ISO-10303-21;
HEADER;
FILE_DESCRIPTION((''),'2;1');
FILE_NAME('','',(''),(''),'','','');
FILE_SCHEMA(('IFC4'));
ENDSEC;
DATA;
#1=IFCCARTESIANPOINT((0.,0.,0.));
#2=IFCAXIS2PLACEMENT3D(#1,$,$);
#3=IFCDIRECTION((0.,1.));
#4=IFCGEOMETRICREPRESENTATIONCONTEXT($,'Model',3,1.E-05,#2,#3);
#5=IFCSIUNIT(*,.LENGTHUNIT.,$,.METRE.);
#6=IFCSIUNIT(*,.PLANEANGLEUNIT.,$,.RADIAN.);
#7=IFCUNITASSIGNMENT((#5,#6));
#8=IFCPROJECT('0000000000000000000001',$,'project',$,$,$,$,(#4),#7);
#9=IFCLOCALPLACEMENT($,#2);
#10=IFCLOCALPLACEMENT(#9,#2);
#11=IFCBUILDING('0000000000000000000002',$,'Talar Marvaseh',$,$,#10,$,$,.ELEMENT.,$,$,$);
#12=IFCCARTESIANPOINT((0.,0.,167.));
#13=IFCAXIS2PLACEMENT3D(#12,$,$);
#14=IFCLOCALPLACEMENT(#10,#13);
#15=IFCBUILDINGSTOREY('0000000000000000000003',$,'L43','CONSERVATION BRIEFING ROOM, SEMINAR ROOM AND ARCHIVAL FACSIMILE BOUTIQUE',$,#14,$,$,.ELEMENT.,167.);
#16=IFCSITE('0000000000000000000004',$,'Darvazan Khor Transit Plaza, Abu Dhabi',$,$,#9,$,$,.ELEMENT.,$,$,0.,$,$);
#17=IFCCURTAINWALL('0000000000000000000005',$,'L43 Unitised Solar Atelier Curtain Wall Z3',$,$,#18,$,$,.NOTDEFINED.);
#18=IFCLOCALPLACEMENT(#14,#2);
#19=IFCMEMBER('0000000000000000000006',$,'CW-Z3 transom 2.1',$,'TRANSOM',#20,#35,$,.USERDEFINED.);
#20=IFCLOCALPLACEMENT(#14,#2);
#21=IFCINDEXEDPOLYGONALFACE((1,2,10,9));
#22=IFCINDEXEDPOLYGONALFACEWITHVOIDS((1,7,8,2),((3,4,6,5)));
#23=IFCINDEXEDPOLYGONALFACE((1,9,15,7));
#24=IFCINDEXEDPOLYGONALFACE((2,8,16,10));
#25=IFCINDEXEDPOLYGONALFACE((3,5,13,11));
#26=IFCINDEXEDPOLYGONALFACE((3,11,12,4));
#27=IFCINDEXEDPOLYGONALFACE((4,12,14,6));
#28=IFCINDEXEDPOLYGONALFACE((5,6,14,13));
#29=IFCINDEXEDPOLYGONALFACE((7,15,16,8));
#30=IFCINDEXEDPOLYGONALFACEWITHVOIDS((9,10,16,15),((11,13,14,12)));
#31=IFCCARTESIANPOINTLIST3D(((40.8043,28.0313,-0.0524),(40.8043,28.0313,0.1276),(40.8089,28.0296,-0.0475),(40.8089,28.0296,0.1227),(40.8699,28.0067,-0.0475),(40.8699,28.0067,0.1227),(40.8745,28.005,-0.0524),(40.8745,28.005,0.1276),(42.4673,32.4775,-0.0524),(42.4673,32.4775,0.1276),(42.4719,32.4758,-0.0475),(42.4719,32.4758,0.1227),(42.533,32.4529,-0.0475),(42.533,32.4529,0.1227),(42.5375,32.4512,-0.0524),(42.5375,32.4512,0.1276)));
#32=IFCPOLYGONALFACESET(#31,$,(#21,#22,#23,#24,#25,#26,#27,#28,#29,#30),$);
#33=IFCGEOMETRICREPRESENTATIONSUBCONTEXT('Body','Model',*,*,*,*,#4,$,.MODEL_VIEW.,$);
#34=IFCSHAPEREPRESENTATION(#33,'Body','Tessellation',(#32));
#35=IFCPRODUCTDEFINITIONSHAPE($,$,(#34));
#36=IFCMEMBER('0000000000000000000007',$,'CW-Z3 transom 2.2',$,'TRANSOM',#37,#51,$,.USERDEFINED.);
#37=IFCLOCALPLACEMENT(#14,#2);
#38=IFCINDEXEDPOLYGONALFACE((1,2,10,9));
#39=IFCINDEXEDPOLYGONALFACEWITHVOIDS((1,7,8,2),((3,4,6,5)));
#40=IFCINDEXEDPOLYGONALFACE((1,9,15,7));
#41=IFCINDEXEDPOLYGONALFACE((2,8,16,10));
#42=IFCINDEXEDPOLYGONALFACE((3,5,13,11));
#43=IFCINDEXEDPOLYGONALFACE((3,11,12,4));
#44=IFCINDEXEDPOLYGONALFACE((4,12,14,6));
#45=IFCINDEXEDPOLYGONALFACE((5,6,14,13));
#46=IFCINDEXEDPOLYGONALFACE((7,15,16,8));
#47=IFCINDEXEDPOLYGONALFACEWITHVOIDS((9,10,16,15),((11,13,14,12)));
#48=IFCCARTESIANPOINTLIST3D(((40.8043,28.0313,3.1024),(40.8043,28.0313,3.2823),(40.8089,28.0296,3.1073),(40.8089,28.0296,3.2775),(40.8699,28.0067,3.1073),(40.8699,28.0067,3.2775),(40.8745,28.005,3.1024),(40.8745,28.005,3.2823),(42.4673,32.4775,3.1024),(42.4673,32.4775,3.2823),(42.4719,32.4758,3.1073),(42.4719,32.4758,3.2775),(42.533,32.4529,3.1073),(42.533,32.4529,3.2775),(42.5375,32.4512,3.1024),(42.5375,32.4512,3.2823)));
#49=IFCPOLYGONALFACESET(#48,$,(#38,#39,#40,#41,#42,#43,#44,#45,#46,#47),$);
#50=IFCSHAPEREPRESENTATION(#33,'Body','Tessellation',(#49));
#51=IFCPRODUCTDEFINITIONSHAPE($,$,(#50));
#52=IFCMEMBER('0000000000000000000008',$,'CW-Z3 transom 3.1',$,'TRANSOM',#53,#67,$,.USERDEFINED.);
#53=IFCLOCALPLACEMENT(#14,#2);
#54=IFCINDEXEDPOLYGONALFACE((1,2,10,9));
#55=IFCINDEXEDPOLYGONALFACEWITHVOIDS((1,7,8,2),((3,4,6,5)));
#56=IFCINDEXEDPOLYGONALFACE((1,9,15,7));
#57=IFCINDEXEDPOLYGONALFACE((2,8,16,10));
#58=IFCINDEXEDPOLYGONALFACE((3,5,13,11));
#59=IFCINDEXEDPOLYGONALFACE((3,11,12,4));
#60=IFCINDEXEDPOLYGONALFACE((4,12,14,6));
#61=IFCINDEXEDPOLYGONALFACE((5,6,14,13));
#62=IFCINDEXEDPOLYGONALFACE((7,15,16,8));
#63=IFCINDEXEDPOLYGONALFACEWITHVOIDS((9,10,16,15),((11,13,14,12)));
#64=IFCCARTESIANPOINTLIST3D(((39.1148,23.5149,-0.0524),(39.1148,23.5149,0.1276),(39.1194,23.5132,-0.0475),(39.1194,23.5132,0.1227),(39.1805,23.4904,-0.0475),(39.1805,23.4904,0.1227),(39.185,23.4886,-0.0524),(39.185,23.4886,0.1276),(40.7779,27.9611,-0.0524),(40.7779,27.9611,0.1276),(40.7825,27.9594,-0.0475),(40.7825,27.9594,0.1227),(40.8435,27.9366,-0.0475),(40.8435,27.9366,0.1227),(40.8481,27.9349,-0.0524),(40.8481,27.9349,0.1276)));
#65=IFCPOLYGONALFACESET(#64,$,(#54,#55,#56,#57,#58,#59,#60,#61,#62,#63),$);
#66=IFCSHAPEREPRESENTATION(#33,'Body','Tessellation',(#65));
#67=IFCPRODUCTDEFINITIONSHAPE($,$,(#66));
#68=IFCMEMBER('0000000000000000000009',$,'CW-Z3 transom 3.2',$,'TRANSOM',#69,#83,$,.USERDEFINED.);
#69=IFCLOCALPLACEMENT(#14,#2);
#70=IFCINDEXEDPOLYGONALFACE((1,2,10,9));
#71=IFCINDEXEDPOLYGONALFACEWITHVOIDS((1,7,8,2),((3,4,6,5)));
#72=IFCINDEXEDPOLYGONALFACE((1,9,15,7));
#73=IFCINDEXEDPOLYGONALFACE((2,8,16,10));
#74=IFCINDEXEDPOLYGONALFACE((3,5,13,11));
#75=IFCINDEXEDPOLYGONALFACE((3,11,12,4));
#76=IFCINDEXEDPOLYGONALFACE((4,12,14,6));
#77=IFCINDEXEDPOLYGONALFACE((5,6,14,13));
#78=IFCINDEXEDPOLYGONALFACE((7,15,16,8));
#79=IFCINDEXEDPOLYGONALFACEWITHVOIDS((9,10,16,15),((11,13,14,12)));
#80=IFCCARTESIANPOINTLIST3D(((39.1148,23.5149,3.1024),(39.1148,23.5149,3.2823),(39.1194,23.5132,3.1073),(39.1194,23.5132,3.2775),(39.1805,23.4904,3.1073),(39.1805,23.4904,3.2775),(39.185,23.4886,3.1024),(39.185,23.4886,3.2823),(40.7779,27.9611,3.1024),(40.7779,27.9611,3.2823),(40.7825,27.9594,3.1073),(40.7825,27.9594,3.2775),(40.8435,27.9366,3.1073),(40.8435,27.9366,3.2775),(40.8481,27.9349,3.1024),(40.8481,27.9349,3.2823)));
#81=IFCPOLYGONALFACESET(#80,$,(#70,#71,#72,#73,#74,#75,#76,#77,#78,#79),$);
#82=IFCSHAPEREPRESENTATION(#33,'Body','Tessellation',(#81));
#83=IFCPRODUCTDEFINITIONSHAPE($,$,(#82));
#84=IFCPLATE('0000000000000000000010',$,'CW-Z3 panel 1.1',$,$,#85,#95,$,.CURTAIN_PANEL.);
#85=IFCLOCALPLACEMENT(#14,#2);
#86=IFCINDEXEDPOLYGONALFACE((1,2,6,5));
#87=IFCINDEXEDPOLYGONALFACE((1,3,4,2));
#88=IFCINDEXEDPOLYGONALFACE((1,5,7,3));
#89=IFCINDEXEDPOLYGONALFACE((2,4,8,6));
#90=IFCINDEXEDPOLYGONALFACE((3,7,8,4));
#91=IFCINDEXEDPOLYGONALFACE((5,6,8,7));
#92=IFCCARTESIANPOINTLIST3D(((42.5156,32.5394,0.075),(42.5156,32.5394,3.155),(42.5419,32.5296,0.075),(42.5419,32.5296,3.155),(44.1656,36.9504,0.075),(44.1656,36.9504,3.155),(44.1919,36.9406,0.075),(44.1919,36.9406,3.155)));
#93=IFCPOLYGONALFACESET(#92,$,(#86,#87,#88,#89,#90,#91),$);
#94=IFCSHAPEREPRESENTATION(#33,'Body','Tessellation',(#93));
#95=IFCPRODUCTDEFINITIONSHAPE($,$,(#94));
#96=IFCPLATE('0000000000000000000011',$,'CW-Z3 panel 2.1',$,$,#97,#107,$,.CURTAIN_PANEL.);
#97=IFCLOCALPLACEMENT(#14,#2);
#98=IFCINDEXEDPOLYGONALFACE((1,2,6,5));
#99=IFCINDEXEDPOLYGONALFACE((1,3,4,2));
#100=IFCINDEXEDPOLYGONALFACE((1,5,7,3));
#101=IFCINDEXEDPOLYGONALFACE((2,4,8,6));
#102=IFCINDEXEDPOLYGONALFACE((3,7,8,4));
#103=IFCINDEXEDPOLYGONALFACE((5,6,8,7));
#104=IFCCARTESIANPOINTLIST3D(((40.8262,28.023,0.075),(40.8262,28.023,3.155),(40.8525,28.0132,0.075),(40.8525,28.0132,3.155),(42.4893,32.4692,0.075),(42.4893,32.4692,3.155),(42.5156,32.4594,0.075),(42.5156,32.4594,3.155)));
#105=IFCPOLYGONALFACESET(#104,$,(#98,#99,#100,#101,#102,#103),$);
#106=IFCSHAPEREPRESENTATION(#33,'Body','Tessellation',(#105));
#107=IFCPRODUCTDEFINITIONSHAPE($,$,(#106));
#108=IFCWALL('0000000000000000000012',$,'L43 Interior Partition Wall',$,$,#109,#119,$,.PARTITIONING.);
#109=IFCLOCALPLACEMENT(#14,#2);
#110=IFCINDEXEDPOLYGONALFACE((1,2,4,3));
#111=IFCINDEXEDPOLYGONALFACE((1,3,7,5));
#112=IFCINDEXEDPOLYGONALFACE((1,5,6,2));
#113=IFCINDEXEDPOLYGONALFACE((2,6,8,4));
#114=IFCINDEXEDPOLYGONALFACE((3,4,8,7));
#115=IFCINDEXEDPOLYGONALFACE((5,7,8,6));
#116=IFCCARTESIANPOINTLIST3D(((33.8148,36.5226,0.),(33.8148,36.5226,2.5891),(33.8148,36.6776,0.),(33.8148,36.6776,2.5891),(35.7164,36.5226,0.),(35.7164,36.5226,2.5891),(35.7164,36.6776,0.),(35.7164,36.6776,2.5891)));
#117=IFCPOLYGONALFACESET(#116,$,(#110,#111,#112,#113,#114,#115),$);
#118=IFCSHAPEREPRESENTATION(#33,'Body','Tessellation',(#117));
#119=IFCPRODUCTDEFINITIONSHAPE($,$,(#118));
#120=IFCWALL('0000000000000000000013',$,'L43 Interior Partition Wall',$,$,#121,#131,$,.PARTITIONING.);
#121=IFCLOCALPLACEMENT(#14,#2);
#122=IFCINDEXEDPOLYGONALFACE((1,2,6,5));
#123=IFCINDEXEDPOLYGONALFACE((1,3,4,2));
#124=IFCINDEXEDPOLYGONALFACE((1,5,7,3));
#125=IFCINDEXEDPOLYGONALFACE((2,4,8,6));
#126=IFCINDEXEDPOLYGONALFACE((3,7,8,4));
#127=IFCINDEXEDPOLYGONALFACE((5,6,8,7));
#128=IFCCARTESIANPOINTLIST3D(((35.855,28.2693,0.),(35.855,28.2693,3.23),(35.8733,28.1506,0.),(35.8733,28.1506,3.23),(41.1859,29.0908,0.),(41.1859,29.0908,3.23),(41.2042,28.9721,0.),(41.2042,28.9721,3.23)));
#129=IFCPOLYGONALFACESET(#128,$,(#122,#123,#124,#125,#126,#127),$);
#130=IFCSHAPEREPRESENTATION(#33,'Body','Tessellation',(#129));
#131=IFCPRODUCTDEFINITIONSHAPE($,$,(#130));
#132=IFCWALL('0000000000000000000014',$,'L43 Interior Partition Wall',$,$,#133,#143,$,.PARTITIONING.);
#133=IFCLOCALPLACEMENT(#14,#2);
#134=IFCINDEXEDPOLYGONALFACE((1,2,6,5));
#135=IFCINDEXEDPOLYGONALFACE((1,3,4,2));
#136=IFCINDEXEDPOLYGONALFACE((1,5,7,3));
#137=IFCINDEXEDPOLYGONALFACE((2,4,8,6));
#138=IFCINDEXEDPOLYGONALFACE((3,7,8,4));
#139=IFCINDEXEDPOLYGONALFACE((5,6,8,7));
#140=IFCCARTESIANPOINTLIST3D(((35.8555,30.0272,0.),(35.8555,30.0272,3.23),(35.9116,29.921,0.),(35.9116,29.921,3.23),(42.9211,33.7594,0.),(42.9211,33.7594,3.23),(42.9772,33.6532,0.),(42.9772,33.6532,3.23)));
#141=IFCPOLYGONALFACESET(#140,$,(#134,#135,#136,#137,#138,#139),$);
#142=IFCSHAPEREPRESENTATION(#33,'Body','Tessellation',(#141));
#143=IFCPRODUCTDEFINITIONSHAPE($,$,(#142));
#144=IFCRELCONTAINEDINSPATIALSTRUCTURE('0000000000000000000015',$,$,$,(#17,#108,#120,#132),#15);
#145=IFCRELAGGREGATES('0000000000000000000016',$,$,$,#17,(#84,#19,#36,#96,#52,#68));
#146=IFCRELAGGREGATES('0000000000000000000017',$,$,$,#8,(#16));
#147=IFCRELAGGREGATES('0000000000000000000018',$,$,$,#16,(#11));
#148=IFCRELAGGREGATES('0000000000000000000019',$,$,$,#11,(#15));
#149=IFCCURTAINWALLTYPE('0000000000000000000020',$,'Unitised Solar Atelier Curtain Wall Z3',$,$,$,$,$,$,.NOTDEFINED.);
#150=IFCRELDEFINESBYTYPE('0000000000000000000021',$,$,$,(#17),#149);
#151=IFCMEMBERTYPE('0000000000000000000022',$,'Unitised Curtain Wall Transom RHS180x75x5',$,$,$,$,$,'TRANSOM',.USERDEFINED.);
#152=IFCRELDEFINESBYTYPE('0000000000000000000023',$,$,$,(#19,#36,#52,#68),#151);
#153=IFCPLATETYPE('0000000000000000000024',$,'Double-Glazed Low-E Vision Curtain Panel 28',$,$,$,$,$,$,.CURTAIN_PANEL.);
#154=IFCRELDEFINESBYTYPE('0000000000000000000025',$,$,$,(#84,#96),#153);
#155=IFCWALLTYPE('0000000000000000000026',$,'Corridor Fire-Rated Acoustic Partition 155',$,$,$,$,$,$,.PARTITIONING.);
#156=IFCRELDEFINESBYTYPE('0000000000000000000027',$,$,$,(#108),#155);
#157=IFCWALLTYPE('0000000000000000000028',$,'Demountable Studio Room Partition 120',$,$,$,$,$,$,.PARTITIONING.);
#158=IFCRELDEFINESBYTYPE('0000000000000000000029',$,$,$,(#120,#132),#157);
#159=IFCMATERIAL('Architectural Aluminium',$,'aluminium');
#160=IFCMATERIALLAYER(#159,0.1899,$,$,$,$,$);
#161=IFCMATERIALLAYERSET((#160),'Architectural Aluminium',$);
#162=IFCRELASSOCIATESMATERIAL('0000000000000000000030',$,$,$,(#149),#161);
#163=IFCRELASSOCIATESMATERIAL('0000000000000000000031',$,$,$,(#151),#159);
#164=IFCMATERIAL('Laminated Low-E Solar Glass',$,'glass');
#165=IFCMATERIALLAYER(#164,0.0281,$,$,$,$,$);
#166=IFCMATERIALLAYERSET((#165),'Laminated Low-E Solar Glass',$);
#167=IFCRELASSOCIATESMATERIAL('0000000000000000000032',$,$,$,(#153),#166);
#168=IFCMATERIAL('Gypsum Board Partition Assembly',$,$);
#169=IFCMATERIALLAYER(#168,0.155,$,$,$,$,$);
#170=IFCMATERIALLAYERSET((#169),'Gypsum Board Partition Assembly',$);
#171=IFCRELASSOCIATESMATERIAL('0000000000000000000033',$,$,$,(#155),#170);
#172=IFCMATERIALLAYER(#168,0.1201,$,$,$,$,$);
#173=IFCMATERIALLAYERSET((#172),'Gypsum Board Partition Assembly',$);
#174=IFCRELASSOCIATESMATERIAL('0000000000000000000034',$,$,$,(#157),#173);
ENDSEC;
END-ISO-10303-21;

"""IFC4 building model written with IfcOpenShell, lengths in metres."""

from ifc_helpers import new_model, si_unit, direction, frame, frame_2d, origin, origin_2d, place, context, subcontext, project, spatial, rectangle, hollow_rectangle, extrude, source, transform, mapped, material, layer, layer_set, material_profile, profile_set, type_object, type_shapes, element, aggregate, save


model = new_model("IFC4")

# Units and contexts
model_context = context("Model", 3, precision=1e-05, world=origin(), true_north=direction((0.0, 1.0)))
body_context = subcontext(model_context, "Body", "Model", "MODEL_VIEW")
ifc_project = project(units=[si_unit("LENGTHUNIT", "METRE"), si_unit("PLANEANGLEUNIT", "RADIAN")], contexts=[model_context])

# Site, building, storey
site_placement = place(None, origin())
site = spatial("IfcSite", under=ifc_project, at=site_placement, Name="Darvazan Khor Transit Plaza, Abu Dhabi", CompositionType="ELEMENT", RefElevation=0.0)
building_placement = place(site_placement, origin())
building = spatial("IfcBuilding", under=site, at=building_placement, Name="Talar Marvaseh", CompositionType="ELEMENT")
storey_placement = place(building_placement, frame((0.0, 0.0, 167.0)))
storey = spatial("IfcBuildingStorey", under=building, at=storey_placement, Name="L43", Description="CONSERVATION BRIEFING ROOM, SEMINAR ROOM AND ARCHIVAL FACSIMILE BOUTIQUE", CompositionType="ELEMENT", Elevation=167.0)

# Curtain wall, members, plates
ifc_material_1 = material(Name="Architectural Aluminium", Category="aluminium")
ifc_layer_1 = layer(ifc_material_1, 0.1899)
ifc_layer_set_1 = layer_set([ifc_layer_1], Name="Architectural Aluminium")
curtain_wall_type = type_object("IfcCurtainWallType", Name="Unitised Solar Atelier Curtain Wall Z3", PredefinedType="NOTDEFINED", material=ifc_layer_set_1)
curtain_wall_placement = place(storey_placement, origin())
curtain_wall = element("IfcCurtainWall", 1, at=curtain_wall_placement, inside=storey, type_object=curtain_wall_type, Name="L43 Unitised Solar Atelier Curtain Wall Z3", PredefinedType="NOTDEFINED")
ifc_material_profile_1 = material_profile(ifc_material_1, hollow_rectangle(XDim=0.075, YDim=0.1799, WallThickness=0.0049, at=origin_2d()), Name="RHS180x75x5")
ifc_profile_set_1 = profile_set([ifc_material_profile_1], Name="Architectural Aluminium")
member_type_1 = type_object("IfcMemberType", Name="Unitised Curtain Wall Transom RHS180x75x5", ElementType="TRANSOM", PredefinedType="USERDEFINED", material=ifc_profile_set_1)
shared_shape_1 = source(origin(), body_context, "Body", "SweptSolid", [
    extrude(hollow_rectangle(XDim=0.075, YDim=0.1799, WallThickness=0.0049, at=origin_2d()), origin(), (0.0, 0.0, 1.0), 4.7471),
])
type_shapes(member_type_1, [shared_shape_1])
member_1_placement = place(storey_placement, frame((42.5024, 32.4644, 0.0376), z_axis=(-0.350334, -0.936625, 0.0), x_axis=(0.936625, -0.350334, 0.0)))
member_1 = element("IfcMember", 2, at=member_1_placement, type_object=member_type_1, Name="CW-Z3 transom 2.1", ObjectType="TRANSOM", PredefinedType="USERDEFINED", context=body_context, shape_type="MappedRepresentation", body=[
    mapped(shared_shape_1, transform((0.0, 0.0, 0.0), x_axis=(1.0, 0.0, 0.0), y_axis=(0.0, 1.0, 0.0), z_axis=(0.0, 0.0, 1.0), scale=1.0)),
])
member_2_placement = place(storey_placement, frame((42.5024, 32.4644, 3.1924), z_axis=(-0.350334, -0.936625, 0.0), x_axis=(0.936625, -0.350334, 0.0)))
member_2 = element("IfcMember", 3, at=member_2_placement, type_object=member_type_1, Name="CW-Z3 transom 2.2", ObjectType="TRANSOM", PredefinedType="USERDEFINED", context=body_context, shape_type="MappedRepresentation", body=[
    mapped(shared_shape_1, transform((0.0, 0.0, 0.0), x_axis=(1.0, 0.0, 0.0), y_axis=(0.0, 1.0, 0.0), z_axis=(0.0, 0.0, 1.0), scale=1.0)),
])
member_3_placement = place(storey_placement, frame((40.813, 27.948, 0.0376), z_axis=(-0.350334, -0.936625, 0.0), x_axis=(0.936625, -0.350334, 0.0)))
member_3 = element("IfcMember", 4, at=member_3_placement, type_object=member_type_1, Name="CW-Z3 transom 3.1", ObjectType="TRANSOM", PredefinedType="USERDEFINED", context=body_context, shape_type="MappedRepresentation", body=[
    mapped(shared_shape_1, transform((0.0, 0.0, 0.0), x_axis=(1.0, 0.0, 0.0), y_axis=(0.0, 1.0, 0.0), z_axis=(0.0, 0.0, 1.0), scale=1.0)),
])
member_4_placement = place(storey_placement, frame((40.813, 27.948, 3.1924), z_axis=(-0.350334, -0.936625, 0.0), x_axis=(0.936625, -0.350334, 0.0)))
member_4 = element("IfcMember", 5, at=member_4_placement, type_object=member_type_1, Name="CW-Z3 transom 3.2", ObjectType="TRANSOM", PredefinedType="USERDEFINED", context=body_context, shape_type="MappedRepresentation", body=[
    mapped(shared_shape_1, transform((0.0, 0.0, 0.0), x_axis=(1.0, 0.0, 0.0), y_axis=(0.0, 1.0, 0.0), z_axis=(0.0, 0.0, 1.0), scale=1.0)),
])
ifc_material_2 = material(Name="Laminated Low-E Solar Glass", Category="glass")
ifc_layer_2 = layer(ifc_material_2, 0.0281)
ifc_layer_set_2 = layer_set([ifc_layer_2], Name="Laminated Low-E Solar Glass")
plate_type = type_object("IfcPlateType", Name="Double-Glazed Low-E Vision Curtain Panel 28", PredefinedType="CURTAIN_PANEL", material=ifc_layer_set_2)
shared_shape_2 = source(origin(), body_context, "Body", "SweptSolid", [
    extrude(rectangle(XDim=4.7095, YDim=0.0281, at=origin_2d()), origin(), (0.0, 0.0, 1.0), 3.0801),
])
plate_1_placement = place(storey_placement, frame((43.3538, 34.74, 0.075), z_axis=(0.0, 0.0, 1.0), x_axis=(-0.350355, -0.936617, 0.0)))
plate_1 = element("IfcPlate", 6, at=plate_1_placement, type_object=plate_type, Name="CW-Z3 panel 1.1", PredefinedType="CURTAIN_PANEL", context=body_context, shape_type="MappedRepresentation", body=[
    mapped(shared_shape_2, transform((0.0, 0.0, 0.0), x_axis=(1.0, 0.0, 0.0), y_axis=(0.0, 1.0, 0.0), z_axis=(0.0, 0.0, 1.0), scale=1.0)),
])
shared_shape_3 = source(origin(), body_context, "Body", "SweptSolid", [
    extrude(rectangle(XDim=4.7471, YDim=0.0281, at=origin_2d()), origin(), (0.0, 0.0, 1.0), 3.0801),
])
type_shapes(plate_type, [shared_shape_2, shared_shape_3])
plate_2_placement = place(storey_placement, frame((41.6709, 30.2412, 0.075), z_axis=(0.0, 0.0, 1.0), x_axis=(-0.350355, -0.936617, 0.0)))
plate_2 = element("IfcPlate", 7, at=plate_2_placement, type_object=plate_type, Name="CW-Z3 panel 2.1", PredefinedType="CURTAIN_PANEL", context=body_context, shape_type="MappedRepresentation", body=[
    mapped(shared_shape_3, transform((0.0, 0.0, 0.0), x_axis=(1.0, 0.0, 0.0), y_axis=(0.0, 1.0, 0.0), z_axis=(0.0, 0.0, 1.0), scale=1.0)),
])
aggregate(curtain_wall, [plate_1, member_1, member_2, plate_2, member_3, member_4])

# Shared definitions
ifc_material_3 = material(Name="Gypsum Board Partition Assembly")
ifc_layer_3 = layer(ifc_material_3, 0.155)
ifc_layer_set_3 = layer_set([ifc_layer_3], Name="Gypsum Board Partition Assembly")
wall_type_1 = type_object("IfcWallType", Name="Corridor Fire-Rated Acoustic Partition 155", PredefinedType="PARTITIONING", material=ifc_layer_set_3)

# Walls
wall_1_placement = place(storey_placement, frame((33.8149, 36.6001, 0.0), z_axis=(0.0, 0.0, 1.0), x_axis=(1.0, 0.0, 0.0)))
element("IfcWall", 8, at=wall_1_placement, inside=storey, type_object=wall_type_1, Name="L43 Interior Partition Wall", PredefinedType="PARTITIONING", context=body_context, shape_type="SweptSolid", body=[
    extrude(rectangle(XDim=1.9016, YDim=0.155, at=frame_2d((0.9507, 0.0))), origin(), (0.0, 0.0, 1.0), 2.5891),
])
ifc_layer_4 = layer(ifc_material_3, 0.1201)
ifc_layer_set_4 = layer_set([ifc_layer_4], Name="Gypsum Board Partition Assembly")
wall_type_2 = type_object("IfcWallType", Name="Demountable Studio Room Partition 120", PredefinedType="PARTITIONING", material=ifc_layer_set_4)
wall_2_placement = place(storey_placement, frame((35.8643, 28.21, 0.0), z_axis=(0.0, 0.0, 1.0), x_axis=(0.988332, 0.152312, 0.0)))
element("IfcWall", 9, at=wall_2_placement, inside=storey, type_object=wall_type_2, Name="L43 Interior Partition Wall", PredefinedType="PARTITIONING", context=body_context, shape_type="SweptSolid", body=[
    extrude(rectangle(XDim=5.3938, YDim=0.1201, at=frame_2d((2.6968, 0.0))), origin(), (0.0, 0.0, 1.0), 3.23),
])
wall_3_placement = place(storey_placement, frame((35.8835, 29.9741, 0.0), z_axis=(0.0, 0.0, 1.0), x_axis=(0.884226, 0.467059, 0.0)))
element("IfcWall", 10, at=wall_3_placement, inside=storey, type_object=wall_type_2, Name="L43 Interior Partition Wall", PredefinedType="PARTITIONING", context=body_context, shape_type="SweptSolid", body=[
    extrude(rectangle(XDim=7.9907, YDim=0.1201, at=frame_2d((3.9954, 0.0))), origin(), (0.0, 0.0, 1.0), 3.23),
])

save(model, "model.ifc")
